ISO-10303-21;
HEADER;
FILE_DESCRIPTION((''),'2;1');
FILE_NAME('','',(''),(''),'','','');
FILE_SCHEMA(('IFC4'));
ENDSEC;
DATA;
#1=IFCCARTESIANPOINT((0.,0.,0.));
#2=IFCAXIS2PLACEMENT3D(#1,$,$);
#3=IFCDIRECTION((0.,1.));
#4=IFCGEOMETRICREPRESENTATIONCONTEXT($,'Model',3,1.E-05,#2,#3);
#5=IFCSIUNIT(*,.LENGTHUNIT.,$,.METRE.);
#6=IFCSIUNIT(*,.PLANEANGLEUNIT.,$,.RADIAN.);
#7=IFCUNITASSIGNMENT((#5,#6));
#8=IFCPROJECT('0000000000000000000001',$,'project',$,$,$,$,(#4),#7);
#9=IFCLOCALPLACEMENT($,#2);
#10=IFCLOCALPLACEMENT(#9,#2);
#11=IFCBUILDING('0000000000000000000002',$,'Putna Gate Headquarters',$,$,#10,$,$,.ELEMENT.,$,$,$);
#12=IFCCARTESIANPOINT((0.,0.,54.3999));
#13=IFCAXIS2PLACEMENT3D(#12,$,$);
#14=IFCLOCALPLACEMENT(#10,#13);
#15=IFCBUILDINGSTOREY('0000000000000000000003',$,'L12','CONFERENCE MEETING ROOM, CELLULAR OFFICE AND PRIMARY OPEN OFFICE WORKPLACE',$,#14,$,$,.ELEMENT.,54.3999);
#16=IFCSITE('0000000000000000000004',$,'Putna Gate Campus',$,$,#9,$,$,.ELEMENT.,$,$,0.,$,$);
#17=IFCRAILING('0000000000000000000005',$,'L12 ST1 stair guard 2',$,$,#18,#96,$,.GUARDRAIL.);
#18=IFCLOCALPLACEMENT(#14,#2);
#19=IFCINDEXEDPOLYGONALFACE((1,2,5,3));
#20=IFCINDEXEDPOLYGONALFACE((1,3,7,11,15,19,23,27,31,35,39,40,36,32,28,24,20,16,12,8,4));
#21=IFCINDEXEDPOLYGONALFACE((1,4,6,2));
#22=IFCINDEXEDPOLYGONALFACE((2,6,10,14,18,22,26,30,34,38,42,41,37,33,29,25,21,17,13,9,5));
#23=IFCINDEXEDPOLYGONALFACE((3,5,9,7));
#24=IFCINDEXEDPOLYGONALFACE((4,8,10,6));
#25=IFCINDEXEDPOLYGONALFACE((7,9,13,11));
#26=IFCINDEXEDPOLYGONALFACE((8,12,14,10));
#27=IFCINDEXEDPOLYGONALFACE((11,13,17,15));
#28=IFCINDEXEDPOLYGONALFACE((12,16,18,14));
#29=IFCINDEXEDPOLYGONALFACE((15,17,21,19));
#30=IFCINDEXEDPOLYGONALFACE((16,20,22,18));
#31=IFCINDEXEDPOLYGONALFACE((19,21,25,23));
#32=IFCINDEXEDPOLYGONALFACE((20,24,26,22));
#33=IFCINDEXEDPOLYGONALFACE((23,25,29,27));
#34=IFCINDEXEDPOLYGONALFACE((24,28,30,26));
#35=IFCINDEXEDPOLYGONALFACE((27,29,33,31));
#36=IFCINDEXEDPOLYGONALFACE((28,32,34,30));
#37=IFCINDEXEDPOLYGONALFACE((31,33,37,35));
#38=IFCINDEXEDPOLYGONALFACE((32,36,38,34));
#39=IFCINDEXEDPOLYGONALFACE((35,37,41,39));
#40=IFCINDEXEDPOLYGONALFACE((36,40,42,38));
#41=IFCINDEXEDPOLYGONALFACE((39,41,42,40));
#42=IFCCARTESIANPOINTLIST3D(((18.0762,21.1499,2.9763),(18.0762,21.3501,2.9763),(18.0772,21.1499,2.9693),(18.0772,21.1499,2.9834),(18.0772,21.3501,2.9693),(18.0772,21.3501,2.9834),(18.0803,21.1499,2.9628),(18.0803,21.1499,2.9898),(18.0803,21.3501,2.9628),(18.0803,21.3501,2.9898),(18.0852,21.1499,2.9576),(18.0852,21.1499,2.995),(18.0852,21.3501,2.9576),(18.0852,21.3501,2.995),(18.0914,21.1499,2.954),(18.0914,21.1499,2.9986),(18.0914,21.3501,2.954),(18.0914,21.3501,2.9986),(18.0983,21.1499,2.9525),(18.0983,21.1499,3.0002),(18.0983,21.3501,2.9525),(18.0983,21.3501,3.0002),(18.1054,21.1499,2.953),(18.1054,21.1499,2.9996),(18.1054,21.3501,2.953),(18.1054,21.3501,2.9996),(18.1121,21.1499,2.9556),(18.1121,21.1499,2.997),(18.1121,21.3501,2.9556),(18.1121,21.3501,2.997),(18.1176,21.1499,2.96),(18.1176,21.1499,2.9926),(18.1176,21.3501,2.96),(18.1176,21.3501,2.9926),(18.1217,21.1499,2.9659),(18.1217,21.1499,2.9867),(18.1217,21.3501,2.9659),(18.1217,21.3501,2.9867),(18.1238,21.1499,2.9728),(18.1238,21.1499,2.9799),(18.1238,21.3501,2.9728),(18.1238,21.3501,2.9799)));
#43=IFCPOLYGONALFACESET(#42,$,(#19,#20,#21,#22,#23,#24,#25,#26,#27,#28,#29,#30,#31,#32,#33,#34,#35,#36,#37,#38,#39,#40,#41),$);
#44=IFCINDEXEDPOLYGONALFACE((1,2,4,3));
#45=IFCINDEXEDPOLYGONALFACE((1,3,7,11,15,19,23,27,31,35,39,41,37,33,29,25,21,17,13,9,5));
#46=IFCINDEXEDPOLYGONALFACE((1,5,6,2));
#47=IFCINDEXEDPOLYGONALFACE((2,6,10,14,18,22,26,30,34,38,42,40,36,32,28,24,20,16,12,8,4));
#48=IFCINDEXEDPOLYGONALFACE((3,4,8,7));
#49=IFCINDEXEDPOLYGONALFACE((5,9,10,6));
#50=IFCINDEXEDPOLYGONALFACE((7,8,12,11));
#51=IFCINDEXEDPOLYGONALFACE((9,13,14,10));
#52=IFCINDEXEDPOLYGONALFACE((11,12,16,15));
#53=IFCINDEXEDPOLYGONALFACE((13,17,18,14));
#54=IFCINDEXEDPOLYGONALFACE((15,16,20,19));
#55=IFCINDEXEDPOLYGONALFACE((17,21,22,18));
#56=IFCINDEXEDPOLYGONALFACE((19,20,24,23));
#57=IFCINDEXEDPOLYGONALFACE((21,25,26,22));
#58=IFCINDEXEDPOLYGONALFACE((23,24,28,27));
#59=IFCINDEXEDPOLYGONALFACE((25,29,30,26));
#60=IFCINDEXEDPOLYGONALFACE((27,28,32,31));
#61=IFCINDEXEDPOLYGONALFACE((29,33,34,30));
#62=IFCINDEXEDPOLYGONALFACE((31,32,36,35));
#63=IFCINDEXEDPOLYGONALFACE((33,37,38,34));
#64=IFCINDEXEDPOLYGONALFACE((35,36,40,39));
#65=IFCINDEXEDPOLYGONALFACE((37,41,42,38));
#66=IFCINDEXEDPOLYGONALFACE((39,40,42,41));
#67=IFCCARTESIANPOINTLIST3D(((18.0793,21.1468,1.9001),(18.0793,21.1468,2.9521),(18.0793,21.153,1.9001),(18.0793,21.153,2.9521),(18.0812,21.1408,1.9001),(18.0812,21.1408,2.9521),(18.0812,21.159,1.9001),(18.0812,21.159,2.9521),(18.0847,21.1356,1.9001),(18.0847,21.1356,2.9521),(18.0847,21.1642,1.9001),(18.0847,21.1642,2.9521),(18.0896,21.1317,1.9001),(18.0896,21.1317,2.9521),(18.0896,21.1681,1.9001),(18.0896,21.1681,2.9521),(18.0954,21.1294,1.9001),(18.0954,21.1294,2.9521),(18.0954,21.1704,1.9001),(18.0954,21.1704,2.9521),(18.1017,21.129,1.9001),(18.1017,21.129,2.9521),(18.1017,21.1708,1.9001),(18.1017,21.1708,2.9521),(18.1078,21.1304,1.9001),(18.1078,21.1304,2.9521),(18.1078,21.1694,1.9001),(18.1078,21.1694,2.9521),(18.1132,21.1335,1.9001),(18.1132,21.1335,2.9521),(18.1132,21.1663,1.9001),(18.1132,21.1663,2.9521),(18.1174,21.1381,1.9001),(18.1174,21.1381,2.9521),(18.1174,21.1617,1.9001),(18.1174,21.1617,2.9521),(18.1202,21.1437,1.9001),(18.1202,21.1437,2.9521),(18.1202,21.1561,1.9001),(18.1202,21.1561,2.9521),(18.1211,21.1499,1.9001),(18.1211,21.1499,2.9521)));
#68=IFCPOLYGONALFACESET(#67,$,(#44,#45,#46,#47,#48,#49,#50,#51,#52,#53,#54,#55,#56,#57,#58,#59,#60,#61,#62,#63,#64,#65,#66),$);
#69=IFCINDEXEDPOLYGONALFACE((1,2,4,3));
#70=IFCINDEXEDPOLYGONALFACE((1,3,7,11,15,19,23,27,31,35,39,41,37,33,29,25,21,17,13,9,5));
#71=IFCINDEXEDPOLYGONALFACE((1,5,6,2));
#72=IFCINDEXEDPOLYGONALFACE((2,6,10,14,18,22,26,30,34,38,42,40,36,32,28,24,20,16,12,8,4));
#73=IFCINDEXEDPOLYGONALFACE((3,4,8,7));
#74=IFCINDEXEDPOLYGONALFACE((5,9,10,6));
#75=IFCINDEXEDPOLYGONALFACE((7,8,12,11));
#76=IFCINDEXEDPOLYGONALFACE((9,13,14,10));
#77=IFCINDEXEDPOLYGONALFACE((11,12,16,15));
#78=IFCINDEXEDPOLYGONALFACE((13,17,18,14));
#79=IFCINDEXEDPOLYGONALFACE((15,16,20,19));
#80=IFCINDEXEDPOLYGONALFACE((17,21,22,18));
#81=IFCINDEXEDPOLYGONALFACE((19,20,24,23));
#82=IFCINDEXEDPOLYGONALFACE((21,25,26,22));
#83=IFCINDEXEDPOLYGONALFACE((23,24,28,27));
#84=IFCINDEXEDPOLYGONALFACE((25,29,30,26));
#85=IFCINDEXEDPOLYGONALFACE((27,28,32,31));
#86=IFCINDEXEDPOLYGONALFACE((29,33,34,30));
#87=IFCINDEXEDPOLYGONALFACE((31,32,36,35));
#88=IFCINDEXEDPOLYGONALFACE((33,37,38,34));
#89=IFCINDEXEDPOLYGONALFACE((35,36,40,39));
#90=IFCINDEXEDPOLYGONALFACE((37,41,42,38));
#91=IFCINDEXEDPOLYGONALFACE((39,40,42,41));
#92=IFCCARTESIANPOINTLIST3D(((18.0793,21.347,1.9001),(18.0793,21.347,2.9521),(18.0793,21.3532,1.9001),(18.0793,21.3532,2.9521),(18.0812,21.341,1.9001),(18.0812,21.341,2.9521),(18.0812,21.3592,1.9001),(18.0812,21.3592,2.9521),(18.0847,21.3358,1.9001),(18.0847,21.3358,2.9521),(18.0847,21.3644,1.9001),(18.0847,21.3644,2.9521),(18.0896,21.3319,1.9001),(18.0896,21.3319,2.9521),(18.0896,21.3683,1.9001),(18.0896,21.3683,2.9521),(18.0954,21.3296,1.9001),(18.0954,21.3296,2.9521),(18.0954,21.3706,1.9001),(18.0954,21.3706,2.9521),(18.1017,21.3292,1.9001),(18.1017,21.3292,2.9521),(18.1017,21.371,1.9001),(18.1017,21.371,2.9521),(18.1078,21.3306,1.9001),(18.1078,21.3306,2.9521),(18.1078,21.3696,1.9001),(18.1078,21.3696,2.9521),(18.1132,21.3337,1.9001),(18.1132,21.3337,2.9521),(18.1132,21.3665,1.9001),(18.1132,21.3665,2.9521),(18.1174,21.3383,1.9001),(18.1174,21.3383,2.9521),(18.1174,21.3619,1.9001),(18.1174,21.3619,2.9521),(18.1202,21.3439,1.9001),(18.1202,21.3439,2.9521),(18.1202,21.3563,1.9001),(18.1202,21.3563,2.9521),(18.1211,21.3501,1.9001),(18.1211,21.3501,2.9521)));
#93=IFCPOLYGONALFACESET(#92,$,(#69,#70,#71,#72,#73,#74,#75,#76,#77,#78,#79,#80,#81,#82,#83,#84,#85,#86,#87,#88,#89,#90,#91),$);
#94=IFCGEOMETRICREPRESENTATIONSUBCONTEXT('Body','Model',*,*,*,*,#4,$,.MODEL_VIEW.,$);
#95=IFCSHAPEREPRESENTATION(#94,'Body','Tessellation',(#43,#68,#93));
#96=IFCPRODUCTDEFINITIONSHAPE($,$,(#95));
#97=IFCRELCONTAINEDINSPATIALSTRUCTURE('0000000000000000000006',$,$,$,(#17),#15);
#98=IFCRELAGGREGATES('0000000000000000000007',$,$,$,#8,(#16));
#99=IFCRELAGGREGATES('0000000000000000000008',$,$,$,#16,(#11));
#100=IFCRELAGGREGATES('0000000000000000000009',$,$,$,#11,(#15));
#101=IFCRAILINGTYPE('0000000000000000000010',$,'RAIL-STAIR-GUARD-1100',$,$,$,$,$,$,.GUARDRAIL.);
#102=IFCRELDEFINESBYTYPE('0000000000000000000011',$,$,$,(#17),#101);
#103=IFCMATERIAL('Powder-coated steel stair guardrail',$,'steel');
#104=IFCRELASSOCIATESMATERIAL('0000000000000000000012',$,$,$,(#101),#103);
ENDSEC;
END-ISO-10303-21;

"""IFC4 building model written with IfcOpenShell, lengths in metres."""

from ifc_helpers import new_model, si_unit, direction, frame, origin, origin_2d, place, context, subcontext, project, spatial, circle, extrude, material, type_object, element, save


model = new_model("IFC4")

# Units and contexts
model_context = context("Model", 3, precision=1e-05, world=origin(), true_north=direction((0.0, 1.0)))
body_context = subcontext(model_context, "Body", "Model", "MODEL_VIEW")
ifc_project = project(units=[si_unit("LENGTHUNIT", "METRE"), si_unit("PLANEANGLEUNIT", "RADIAN")], contexts=[model_context])

# Site, building, storey
site_placement = place(None, origin())
site = spatial("IfcSite", under=ifc_project, at=site_placement, Name="Putna Gate Campus", CompositionType="ELEMENT", RefElevation=0.0)
building_placement = place(site_placement, origin())
building = spatial("IfcBuilding", under=site, at=building_placement, Name="Putna Gate Headquarters", CompositionType="ELEMENT")
storey_placement = place(building_placement, frame((0.0, 0.0, 54.3999)))
storey = spatial("IfcBuildingStorey", under=building, at=storey_placement, Name="L12", Description="CONFERENCE MEETING ROOM, CELLULAR OFFICE AND PRIMARY OPEN OFFICE WORKPLACE", CompositionType="ELEMENT", Elevation=54.3999)

# Railing
ifc_material_1 = material(Name="Powder-coated steel stair guardrail", Category="steel")
railing_type_1 = type_object("IfcRailingType", Name="RAIL-STAIR-GUARD-1100", PredefinedType="GUARDRAIL", material=ifc_material_1)
railing_1_placement = place(storey_placement, frame((18.1001, 21.1499, 1.9001)))
element("IfcRailing", 1, at=railing_1_placement, inside=storey, type_object=railing_type_1, Name="L12 ST1 stair guard 2", PredefinedType="GUARDRAIL", context=body_context, shape_type="SweptSolid", body=[
    extrude(circle(Radius=0.0239, at=origin_2d()), frame((0.0, 0.0, 1.0762), z_axis=(0.0, 1.0, 0.0), x_axis=(-1.0, 0.0, 0.0)), (0.0, 0.0, 1.0), 0.2002),
    extrude(circle(Radius=0.021, at=origin_2d()), origin(), (0.0, 0.0, 1.0), 1.052),
    extrude(circle(Radius=0.021, at=origin_2d()), frame((0.0, 0.2002, 0.0)), (0.0, 0.0, 1.0), 1.052),
])

save(model, "model.ifc")
